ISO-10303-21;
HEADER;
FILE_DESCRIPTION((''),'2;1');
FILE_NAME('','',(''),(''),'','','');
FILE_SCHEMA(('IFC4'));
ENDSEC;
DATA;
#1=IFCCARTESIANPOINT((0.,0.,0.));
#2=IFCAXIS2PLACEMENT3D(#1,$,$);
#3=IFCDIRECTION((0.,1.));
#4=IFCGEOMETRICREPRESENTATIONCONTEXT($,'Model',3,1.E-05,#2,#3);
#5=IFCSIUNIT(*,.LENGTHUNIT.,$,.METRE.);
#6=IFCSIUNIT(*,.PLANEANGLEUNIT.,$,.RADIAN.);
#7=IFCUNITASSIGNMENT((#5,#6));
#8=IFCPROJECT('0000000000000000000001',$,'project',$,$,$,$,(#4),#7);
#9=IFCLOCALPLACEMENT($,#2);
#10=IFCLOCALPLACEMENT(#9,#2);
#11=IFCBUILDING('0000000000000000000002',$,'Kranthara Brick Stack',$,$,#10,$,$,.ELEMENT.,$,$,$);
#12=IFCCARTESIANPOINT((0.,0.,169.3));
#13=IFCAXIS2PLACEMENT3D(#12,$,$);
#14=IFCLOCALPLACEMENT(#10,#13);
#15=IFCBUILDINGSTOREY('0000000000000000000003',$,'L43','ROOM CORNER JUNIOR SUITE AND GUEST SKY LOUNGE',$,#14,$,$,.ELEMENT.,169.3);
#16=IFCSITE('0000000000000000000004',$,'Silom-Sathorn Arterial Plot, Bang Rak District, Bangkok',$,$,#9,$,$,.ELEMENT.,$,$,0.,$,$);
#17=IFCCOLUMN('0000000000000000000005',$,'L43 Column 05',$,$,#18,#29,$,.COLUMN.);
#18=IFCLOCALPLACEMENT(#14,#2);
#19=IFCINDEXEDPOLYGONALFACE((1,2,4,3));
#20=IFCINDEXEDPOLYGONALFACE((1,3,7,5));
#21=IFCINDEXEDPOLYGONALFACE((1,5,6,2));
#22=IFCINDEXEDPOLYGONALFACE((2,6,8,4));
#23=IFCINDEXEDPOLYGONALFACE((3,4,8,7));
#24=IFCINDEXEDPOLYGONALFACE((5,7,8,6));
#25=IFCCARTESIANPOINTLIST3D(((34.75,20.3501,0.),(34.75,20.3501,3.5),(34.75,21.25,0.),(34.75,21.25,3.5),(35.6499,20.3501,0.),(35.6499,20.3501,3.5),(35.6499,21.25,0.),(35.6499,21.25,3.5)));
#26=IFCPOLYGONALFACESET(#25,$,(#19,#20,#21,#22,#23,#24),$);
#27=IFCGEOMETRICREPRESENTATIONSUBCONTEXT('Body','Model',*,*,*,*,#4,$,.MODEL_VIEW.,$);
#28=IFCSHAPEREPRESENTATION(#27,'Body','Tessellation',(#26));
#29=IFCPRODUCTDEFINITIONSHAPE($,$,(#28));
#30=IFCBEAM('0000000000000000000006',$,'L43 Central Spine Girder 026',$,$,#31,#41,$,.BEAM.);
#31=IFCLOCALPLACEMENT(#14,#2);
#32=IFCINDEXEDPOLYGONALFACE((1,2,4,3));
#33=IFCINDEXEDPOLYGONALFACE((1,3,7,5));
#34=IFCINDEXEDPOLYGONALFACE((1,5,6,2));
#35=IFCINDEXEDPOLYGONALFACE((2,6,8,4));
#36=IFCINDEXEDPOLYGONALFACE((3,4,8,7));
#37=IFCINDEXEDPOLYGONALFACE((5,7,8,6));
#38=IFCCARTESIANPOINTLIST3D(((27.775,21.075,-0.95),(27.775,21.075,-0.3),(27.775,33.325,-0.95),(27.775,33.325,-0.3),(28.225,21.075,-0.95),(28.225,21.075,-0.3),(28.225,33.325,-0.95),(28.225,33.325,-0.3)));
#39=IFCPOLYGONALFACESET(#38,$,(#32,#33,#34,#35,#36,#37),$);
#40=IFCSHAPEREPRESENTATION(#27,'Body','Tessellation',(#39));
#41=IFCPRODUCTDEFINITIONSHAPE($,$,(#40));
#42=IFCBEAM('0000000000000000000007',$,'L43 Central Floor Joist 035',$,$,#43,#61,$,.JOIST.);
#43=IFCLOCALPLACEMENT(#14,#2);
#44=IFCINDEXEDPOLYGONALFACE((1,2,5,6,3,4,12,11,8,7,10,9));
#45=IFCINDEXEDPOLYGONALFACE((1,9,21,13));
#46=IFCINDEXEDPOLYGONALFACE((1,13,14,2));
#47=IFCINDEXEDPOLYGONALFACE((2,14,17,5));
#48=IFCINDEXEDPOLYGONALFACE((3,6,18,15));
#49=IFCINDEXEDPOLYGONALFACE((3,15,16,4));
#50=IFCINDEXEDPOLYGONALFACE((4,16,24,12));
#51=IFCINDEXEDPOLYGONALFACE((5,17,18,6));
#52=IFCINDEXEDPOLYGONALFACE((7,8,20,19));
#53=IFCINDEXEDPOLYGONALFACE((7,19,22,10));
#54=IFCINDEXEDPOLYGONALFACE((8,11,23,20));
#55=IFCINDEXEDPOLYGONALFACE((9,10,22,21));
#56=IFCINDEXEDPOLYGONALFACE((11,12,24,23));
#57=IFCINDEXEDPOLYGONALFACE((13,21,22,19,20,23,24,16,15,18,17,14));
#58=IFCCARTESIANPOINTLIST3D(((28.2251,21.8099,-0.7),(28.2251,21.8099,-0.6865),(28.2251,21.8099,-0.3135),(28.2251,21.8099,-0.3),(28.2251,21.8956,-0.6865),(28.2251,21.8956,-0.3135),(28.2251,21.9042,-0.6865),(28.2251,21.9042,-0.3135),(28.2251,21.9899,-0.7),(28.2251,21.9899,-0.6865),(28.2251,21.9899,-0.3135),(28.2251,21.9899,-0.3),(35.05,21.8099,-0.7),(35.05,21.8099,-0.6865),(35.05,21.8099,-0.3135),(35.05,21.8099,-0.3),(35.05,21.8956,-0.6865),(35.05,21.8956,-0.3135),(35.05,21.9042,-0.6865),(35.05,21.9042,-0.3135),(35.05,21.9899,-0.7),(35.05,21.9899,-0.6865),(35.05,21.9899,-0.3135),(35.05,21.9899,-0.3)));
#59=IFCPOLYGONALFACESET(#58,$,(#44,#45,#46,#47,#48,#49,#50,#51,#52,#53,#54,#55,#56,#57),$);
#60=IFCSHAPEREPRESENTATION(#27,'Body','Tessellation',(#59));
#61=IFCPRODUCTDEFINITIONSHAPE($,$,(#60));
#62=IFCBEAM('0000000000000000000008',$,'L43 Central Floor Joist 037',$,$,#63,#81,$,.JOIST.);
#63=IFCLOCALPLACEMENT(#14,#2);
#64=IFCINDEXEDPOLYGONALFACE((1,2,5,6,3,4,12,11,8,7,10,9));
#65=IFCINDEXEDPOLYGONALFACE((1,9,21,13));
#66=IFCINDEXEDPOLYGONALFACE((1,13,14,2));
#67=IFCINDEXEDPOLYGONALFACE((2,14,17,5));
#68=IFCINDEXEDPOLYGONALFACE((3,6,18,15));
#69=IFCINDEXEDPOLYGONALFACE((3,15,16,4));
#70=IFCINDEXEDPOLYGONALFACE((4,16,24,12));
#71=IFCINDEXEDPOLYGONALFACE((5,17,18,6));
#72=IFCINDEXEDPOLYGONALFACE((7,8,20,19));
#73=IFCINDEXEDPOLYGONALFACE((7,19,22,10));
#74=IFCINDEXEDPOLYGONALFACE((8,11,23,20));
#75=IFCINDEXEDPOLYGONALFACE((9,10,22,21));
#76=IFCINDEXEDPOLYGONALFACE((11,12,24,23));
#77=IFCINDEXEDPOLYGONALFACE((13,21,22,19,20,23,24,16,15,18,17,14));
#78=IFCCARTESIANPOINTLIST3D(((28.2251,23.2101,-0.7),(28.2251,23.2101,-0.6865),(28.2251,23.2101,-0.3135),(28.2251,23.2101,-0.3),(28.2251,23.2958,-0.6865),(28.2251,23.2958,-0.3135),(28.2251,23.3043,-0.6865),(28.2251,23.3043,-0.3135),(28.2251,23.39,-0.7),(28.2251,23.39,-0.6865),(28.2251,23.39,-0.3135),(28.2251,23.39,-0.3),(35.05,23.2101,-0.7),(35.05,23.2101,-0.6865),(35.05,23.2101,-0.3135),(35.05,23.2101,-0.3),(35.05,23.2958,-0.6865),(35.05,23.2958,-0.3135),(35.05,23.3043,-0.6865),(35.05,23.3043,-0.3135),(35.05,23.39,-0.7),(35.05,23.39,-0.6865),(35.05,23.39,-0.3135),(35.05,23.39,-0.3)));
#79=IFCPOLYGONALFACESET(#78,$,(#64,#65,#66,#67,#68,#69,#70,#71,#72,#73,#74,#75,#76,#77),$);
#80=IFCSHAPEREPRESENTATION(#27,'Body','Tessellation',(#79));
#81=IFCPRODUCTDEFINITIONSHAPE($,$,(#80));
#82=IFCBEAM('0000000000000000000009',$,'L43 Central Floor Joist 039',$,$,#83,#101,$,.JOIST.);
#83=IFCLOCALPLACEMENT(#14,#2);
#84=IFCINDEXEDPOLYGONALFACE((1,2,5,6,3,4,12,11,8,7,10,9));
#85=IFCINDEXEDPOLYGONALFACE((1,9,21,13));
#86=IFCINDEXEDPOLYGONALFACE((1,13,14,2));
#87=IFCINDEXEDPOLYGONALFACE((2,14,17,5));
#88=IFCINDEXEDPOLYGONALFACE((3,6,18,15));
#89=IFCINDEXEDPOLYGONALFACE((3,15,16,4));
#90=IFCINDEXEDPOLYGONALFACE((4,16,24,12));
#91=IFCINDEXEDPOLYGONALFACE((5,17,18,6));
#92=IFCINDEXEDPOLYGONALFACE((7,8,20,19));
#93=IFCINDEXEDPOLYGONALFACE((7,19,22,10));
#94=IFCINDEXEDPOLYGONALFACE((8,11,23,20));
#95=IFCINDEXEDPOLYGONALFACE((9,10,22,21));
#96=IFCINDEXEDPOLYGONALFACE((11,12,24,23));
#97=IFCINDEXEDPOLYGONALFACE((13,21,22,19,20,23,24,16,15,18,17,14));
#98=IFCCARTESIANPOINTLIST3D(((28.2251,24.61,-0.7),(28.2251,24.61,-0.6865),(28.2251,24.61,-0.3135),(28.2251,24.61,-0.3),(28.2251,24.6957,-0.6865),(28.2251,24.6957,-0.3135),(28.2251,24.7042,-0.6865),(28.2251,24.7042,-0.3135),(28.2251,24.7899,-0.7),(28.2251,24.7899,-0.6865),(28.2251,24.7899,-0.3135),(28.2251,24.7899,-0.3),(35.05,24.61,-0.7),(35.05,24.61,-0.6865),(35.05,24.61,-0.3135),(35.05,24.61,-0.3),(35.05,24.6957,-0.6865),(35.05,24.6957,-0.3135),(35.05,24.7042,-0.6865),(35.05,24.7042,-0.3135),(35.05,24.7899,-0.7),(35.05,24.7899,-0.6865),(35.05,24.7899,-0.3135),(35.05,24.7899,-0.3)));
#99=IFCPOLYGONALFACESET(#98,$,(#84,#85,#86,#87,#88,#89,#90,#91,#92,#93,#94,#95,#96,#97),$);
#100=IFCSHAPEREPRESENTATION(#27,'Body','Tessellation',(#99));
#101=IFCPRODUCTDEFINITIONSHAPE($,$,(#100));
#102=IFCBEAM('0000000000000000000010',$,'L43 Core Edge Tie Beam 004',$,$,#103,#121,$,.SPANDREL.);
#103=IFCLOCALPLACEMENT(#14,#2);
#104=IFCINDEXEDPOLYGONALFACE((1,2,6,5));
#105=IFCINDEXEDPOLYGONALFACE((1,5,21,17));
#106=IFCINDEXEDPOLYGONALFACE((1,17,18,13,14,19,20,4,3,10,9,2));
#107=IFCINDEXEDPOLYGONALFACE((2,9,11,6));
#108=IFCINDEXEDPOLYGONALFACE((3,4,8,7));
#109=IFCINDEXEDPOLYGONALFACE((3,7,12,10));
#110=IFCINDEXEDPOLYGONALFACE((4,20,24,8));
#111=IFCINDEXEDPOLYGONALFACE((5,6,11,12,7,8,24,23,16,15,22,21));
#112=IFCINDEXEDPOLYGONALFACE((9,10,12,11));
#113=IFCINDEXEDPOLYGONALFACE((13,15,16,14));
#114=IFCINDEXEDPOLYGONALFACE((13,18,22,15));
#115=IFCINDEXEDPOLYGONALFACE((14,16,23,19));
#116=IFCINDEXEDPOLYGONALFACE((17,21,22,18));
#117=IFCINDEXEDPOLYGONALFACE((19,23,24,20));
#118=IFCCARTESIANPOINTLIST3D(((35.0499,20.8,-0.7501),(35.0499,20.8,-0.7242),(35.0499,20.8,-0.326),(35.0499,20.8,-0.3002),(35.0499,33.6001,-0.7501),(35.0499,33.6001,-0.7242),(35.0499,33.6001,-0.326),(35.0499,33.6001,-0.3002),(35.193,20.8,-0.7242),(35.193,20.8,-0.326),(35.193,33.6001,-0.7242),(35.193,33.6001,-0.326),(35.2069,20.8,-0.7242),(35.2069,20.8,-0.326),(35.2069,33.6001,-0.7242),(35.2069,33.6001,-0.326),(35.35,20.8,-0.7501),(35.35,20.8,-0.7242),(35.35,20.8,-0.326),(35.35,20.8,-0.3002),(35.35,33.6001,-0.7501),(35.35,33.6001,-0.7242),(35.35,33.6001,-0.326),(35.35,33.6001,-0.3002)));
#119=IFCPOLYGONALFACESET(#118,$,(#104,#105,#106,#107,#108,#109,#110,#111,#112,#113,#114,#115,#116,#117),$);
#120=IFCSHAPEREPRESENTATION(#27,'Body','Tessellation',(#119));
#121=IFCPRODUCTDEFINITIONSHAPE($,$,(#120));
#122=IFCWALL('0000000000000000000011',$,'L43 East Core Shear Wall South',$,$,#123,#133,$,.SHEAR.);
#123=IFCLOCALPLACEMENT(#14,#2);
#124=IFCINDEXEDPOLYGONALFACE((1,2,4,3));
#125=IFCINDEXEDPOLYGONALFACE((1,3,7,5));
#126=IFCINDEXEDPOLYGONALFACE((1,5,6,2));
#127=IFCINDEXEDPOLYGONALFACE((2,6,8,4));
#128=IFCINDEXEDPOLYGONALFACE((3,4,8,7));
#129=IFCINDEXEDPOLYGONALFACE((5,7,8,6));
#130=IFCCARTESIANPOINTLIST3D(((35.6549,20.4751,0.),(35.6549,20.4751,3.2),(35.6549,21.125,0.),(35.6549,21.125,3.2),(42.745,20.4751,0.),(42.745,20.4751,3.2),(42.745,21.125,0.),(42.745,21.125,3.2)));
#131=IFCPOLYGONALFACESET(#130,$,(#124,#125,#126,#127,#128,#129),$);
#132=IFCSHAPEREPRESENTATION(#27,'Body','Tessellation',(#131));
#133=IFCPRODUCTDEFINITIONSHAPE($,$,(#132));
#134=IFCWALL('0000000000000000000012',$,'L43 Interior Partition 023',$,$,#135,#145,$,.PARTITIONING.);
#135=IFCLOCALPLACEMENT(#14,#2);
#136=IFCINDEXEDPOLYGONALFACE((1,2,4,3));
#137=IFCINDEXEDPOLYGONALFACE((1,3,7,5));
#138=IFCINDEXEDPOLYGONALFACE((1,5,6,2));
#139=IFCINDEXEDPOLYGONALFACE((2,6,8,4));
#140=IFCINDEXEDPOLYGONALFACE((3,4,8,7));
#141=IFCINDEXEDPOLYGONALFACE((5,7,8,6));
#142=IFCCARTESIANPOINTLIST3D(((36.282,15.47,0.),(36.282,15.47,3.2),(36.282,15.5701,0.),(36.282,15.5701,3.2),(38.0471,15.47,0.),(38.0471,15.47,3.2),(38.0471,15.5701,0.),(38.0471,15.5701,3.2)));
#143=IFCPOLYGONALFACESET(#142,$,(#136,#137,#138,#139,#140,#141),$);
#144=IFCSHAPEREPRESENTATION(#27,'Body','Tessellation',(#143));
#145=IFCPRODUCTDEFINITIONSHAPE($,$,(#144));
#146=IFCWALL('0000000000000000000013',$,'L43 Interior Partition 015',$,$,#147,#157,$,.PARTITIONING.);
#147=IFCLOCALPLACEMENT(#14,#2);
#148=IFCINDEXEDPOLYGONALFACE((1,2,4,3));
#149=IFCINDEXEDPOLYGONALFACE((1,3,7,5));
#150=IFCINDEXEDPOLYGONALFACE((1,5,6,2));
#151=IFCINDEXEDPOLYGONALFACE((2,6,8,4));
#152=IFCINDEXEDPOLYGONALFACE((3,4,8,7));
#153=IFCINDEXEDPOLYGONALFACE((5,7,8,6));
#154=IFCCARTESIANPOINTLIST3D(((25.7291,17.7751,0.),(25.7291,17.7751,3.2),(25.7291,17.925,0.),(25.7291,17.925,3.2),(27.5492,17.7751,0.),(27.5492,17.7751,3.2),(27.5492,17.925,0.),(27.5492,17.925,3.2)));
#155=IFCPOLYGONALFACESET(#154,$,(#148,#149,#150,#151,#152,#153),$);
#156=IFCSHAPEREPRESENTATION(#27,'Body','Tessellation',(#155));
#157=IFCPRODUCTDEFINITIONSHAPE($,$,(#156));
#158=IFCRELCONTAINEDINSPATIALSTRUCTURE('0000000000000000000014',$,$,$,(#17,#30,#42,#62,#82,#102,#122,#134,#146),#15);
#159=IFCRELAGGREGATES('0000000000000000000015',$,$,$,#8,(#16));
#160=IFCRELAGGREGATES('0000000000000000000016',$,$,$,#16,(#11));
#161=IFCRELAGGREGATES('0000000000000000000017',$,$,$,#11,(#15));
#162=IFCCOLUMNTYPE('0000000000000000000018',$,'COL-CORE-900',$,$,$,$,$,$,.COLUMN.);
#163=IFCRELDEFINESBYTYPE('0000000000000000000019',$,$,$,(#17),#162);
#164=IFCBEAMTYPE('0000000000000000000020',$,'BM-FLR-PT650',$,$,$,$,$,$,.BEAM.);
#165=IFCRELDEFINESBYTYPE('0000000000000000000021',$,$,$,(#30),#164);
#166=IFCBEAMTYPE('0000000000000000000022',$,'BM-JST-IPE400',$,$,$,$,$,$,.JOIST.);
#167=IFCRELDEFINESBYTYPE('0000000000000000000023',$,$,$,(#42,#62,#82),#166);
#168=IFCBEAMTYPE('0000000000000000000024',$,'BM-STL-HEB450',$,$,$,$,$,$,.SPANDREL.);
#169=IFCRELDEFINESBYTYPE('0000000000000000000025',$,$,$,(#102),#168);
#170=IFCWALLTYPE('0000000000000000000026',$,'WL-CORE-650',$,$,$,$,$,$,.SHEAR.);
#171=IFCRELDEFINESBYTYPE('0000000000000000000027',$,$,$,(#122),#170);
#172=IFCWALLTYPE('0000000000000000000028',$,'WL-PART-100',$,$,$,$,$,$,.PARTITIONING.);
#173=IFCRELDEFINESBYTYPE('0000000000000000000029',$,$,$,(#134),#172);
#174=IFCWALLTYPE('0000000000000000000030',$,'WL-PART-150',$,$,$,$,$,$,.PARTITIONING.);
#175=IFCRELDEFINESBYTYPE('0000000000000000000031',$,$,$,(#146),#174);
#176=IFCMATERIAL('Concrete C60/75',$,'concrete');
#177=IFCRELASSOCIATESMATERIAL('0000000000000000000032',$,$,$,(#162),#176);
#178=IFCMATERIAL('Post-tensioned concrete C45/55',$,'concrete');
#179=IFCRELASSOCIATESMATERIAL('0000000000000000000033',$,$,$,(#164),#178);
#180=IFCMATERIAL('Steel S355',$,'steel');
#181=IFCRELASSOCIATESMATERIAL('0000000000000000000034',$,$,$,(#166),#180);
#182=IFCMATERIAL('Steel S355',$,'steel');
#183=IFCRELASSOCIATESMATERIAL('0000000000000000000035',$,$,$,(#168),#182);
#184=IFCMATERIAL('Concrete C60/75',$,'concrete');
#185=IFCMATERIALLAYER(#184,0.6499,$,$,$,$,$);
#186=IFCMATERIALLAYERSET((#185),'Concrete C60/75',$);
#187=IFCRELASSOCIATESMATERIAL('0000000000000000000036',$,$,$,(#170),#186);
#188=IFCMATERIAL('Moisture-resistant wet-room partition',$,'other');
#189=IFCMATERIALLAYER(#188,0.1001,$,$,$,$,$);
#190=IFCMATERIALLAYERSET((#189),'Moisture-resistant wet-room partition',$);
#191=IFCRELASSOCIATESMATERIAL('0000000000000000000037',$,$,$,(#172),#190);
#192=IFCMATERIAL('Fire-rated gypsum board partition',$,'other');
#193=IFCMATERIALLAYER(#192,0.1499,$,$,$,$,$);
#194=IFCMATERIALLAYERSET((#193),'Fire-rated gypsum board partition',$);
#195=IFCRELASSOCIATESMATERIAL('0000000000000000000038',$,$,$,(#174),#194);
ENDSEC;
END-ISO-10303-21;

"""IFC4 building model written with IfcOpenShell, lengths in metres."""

from ifc_helpers import new_model, si_unit, direction, frame, frame_2d, origin, origin_2d, place, context, subcontext, project, spatial, rectangle, i_section, extrude, material, layer, layer_set, material_profile, profile_set, type_object, element, save


model = new_model("IFC4")

# Units and contexts
model_context = context("Model", 3, precision=1e-05, world=origin(), true_north=direction((0.0, 1.0)))
body_context = subcontext(model_context, "Body", "Model", "MODEL_VIEW")
ifc_project = project(units=[si_unit("LENGTHUNIT", "METRE"), si_unit("PLANEANGLEUNIT", "RADIAN")], contexts=[model_context])

# Site, building, storey
site_placement = place(None, origin())
site = spatial("IfcSite", under=ifc_project, at=site_placement, Name="Silom-Sathorn Arterial Plot, Bang Rak District, Bangkok", CompositionType="ELEMENT", RefElevation=0.0)
building_placement = place(site_placement, origin())
building = spatial("IfcBuilding", under=site, at=building_placement, Name="Kranthara Brick Stack", CompositionType="ELEMENT")
storey_placement = place(building_placement, frame((0.0, 0.0, 169.3)))
storey = spatial("IfcBuildingStorey", under=building, at=storey_placement, Name="L43", Description="ROOM CORNER JUNIOR SUITE AND GUEST SKY LOUNGE", CompositionType="ELEMENT", Elevation=169.3)

# Column
ifc_material_1 = material(Name="Concrete C60/75", Category="concrete")
ifc_material_profile_1 = material_profile(ifc_material_1, rectangle(XDim=0.8999, YDim=0.8999, at=origin_2d()), Name="RC 900x900")
ifc_profile_set_1 = profile_set([ifc_material_profile_1], Name="Concrete C60/75")
column_type = type_object("IfcColumnType", Name="COL-CORE-900", PredefinedType="COLUMN", material=ifc_profile_set_1)
column_placement = place(storey_placement, frame((35.2, 20.8, 0.0), z_axis=(0.0, 0.0, 1.0), x_axis=(1.0, 0.0, 0.0)))
element("IfcColumn", 1, at=column_placement, inside=storey, type_object=column_type, Name="L43 Column 05", PredefinedType="COLUMN", context=body_context, shape_type="SweptSolid", body=[
    extrude(rectangle(XDim=0.8999, YDim=0.8999, at=origin_2d()), origin(), (0.0, 0.0, 1.0), 3.5),
])

# Beams
ifc_material_2 = material(Name="Post-tensioned concrete C45/55", Category="concrete")
ifc_material_profile_2 = material_profile(ifc_material_2, rectangle(XDim=0.45, YDim=0.6499, at=origin_2d()), Name="PT 450x650")
ifc_profile_set_2 = profile_set([ifc_material_profile_2], Name="Post-tensioned concrete C45/55")
beam_type_1 = type_object("IfcBeamType", Name="BM-FLR-PT650", PredefinedType="BEAM", material=ifc_profile_set_2)
beam_1_placement = place(storey_placement, frame((28.0, 21.075, -0.625), z_axis=(0.0, 1.0, 0.0), x_axis=(-1.0, 0.0, 0.0)))
element("IfcBeam", 2, at=beam_1_placement, inside=storey, type_object=beam_type_1, Name="L43 Central Spine Girder 026", PredefinedType="BEAM", context=body_context, shape_type="SweptSolid", body=[
    extrude(rectangle(XDim=0.45, YDim=0.6499, at=origin_2d()), origin(), (0.0, 0.0, 1.0), 12.25),
])
ifc_material_3 = material(Name="Steel S355", Category="steel")
ifc_material_profile_3 = material_profile(ifc_material_3, i_section(OverallWidth=0.1799, OverallDepth=0.3999, WebThickness=0.0085, FlangeThickness=0.0134, at=origin_2d()), Name="IPE 400")
ifc_profile_set_3 = profile_set([ifc_material_profile_3], Name="Steel S355")
beam_type_2 = type_object("IfcBeamType", Name="BM-JST-IPE400", PredefinedType="JOIST", material=ifc_profile_set_3)
for number, where, z_axis, x_axis, name in (
    (3, (28.2251, 21.8999, -0.5), (1.0, 0.0, 0.0), (0.0, 1.0, 0.0), "L43 Central Floor Joist 035"),
    (4, (28.2251, 23.3, -0.5), (1.0, 0.0, 0.0), (0.0, 1.0, 0.0), "L43 Central Floor Joist 037"),
    (5, (28.2251, 24.7, -0.5), (1.0, 0.0, 0.0), (0.0, 1.0, 0.0), "L43 Central Floor Joist 039"),
):
    element("IfcBeam", number, at=place(storey_placement, frame(where, z_axis=z_axis, x_axis=x_axis)), inside=storey, type_object=beam_type_2, Name=name, PredefinedType="JOIST", context=body_context, shape_type="SweptSolid", body=[
        extrude(i_section(OverallWidth=0.1799, OverallDepth=0.3999, WebThickness=0.0085, FlangeThickness=0.0134, at=origin_2d()), origin(), (0.0, 0.0, 1.0), 6.825),
    ])
ifc_material_4 = material(Name="Steel S355", Category="steel")
ifc_material_profile_4 = material_profile(ifc_material_4, i_section(OverallWidth=0.3, OverallDepth=0.45, WebThickness=0.0139, FlangeThickness=0.0259, at=origin_2d()), Name="HEB 450")
ifc_profile_set_4 = profile_set([ifc_material_profile_4], Name="Steel S355")
beam_type_3 = type_object("IfcBeamType", Name="BM-STL-HEB450", PredefinedType="SPANDREL", material=ifc_profile_set_4)
beam_2_placement = place(storey_placement, frame((35.2, 20.8, -0.5251), z_axis=(0.0, 1.0, 0.0), x_axis=(-1.0, 0.0, 0.0)))
element("IfcBeam", 6, at=beam_2_placement, inside=storey, type_object=beam_type_3, Name="L43 Core Edge Tie Beam 004", PredefinedType="SPANDREL", context=body_context, shape_type="SweptSolid", body=[
    extrude(i_section(OverallWidth=0.3, OverallDepth=0.45, WebThickness=0.0139, FlangeThickness=0.0259, at=origin_2d()), origin(), (0.0, 0.0, 1.0), 12.8),
])

# Wall
ifc_material_5 = material(Name="Concrete C60/75", Category="concrete")
ifc_layer_1 = layer(ifc_material_5, 0.6499)
ifc_layer_set_1 = layer_set([ifc_layer_1], Name="Concrete C60/75")
wall_type_1 = type_object("IfcWallType", Name="WL-CORE-650", PredefinedType="SHEAR", material=ifc_layer_set_1)
wall_1_placement = place(storey_placement, frame((35.655, 20.8, 0.0), z_axis=(0.0, 0.0, 1.0), x_axis=(1.0, 0.0, 0.0)))
element("IfcWall", 7, at=wall_1_placement, inside=storey, type_object=wall_type_1, Name="L43 East Core Shear Wall South", PredefinedType="SHEAR", context=body_context, shape_type="SweptSolid", body=[
    extrude(rectangle(XDim=7.0901, YDim=0.6499, at=frame_2d((3.5449, 0.0))), origin(), (0.0, 0.0, 1.0), 3.2),
])

# Walls
ifc_material_6 = material(Name="Moisture-resistant wet-room partition", Category="other")
ifc_layer_2 = layer(ifc_material_6, 0.1001)
ifc_layer_set_2 = layer_set([ifc_layer_2], Name="Moisture-resistant wet-room partition")
wall_type_2 = type_object("IfcWallType", Name="WL-PART-100", PredefinedType="PARTITIONING", material=ifc_layer_set_2)
wall_2_placement = place(storey_placement, frame((36.282, 15.52, 0.0), z_axis=(0.0, 0.0, 1.0), x_axis=(1.0, 0.0, 0.0)))
element("IfcWall", 8, at=wall_2_placement, inside=storey, type_object=wall_type_2, Name="L43 Interior Partition 023", PredefinedType="PARTITIONING", context=body_context, shape_type="SweptSolid", body=[
    extrude(rectangle(XDim=1.7651, YDim=0.1001, at=frame_2d((0.8826, 0.0))), origin(), (0.0, 0.0, 1.0), 3.2),
])
ifc_material_7 = material(Name="Fire-rated gypsum board partition", Category="other")
ifc_layer_3 = layer(ifc_material_7, 0.1499)
ifc_layer_set_3 = layer_set([ifc_layer_3], Name="Fire-rated gypsum board partition")
wall_type_3 = type_object("IfcWallType", Name="WL-PART-150", PredefinedType="PARTITIONING", material=ifc_layer_set_3)
wall_3_placement = place(storey_placement, frame((25.729, 17.8501, 0.0), z_axis=(0.0, 0.0, 1.0), x_axis=(1.0, 0.0, 0.0)))
element("IfcWall", 9, at=wall_3_placement, inside=storey, type_object=wall_type_3, Name="L43 Interior Partition 015", PredefinedType="PARTITIONING", context=body_context, shape_type="SweptSolid", body=[
    extrude(rectangle(XDim=1.8201, YDim=0.1499, at=frame_2d((0.9102, 0.0))), origin(), (0.0, 0.0, 1.0), 3.2),
])

save(model, "model.ifc")
